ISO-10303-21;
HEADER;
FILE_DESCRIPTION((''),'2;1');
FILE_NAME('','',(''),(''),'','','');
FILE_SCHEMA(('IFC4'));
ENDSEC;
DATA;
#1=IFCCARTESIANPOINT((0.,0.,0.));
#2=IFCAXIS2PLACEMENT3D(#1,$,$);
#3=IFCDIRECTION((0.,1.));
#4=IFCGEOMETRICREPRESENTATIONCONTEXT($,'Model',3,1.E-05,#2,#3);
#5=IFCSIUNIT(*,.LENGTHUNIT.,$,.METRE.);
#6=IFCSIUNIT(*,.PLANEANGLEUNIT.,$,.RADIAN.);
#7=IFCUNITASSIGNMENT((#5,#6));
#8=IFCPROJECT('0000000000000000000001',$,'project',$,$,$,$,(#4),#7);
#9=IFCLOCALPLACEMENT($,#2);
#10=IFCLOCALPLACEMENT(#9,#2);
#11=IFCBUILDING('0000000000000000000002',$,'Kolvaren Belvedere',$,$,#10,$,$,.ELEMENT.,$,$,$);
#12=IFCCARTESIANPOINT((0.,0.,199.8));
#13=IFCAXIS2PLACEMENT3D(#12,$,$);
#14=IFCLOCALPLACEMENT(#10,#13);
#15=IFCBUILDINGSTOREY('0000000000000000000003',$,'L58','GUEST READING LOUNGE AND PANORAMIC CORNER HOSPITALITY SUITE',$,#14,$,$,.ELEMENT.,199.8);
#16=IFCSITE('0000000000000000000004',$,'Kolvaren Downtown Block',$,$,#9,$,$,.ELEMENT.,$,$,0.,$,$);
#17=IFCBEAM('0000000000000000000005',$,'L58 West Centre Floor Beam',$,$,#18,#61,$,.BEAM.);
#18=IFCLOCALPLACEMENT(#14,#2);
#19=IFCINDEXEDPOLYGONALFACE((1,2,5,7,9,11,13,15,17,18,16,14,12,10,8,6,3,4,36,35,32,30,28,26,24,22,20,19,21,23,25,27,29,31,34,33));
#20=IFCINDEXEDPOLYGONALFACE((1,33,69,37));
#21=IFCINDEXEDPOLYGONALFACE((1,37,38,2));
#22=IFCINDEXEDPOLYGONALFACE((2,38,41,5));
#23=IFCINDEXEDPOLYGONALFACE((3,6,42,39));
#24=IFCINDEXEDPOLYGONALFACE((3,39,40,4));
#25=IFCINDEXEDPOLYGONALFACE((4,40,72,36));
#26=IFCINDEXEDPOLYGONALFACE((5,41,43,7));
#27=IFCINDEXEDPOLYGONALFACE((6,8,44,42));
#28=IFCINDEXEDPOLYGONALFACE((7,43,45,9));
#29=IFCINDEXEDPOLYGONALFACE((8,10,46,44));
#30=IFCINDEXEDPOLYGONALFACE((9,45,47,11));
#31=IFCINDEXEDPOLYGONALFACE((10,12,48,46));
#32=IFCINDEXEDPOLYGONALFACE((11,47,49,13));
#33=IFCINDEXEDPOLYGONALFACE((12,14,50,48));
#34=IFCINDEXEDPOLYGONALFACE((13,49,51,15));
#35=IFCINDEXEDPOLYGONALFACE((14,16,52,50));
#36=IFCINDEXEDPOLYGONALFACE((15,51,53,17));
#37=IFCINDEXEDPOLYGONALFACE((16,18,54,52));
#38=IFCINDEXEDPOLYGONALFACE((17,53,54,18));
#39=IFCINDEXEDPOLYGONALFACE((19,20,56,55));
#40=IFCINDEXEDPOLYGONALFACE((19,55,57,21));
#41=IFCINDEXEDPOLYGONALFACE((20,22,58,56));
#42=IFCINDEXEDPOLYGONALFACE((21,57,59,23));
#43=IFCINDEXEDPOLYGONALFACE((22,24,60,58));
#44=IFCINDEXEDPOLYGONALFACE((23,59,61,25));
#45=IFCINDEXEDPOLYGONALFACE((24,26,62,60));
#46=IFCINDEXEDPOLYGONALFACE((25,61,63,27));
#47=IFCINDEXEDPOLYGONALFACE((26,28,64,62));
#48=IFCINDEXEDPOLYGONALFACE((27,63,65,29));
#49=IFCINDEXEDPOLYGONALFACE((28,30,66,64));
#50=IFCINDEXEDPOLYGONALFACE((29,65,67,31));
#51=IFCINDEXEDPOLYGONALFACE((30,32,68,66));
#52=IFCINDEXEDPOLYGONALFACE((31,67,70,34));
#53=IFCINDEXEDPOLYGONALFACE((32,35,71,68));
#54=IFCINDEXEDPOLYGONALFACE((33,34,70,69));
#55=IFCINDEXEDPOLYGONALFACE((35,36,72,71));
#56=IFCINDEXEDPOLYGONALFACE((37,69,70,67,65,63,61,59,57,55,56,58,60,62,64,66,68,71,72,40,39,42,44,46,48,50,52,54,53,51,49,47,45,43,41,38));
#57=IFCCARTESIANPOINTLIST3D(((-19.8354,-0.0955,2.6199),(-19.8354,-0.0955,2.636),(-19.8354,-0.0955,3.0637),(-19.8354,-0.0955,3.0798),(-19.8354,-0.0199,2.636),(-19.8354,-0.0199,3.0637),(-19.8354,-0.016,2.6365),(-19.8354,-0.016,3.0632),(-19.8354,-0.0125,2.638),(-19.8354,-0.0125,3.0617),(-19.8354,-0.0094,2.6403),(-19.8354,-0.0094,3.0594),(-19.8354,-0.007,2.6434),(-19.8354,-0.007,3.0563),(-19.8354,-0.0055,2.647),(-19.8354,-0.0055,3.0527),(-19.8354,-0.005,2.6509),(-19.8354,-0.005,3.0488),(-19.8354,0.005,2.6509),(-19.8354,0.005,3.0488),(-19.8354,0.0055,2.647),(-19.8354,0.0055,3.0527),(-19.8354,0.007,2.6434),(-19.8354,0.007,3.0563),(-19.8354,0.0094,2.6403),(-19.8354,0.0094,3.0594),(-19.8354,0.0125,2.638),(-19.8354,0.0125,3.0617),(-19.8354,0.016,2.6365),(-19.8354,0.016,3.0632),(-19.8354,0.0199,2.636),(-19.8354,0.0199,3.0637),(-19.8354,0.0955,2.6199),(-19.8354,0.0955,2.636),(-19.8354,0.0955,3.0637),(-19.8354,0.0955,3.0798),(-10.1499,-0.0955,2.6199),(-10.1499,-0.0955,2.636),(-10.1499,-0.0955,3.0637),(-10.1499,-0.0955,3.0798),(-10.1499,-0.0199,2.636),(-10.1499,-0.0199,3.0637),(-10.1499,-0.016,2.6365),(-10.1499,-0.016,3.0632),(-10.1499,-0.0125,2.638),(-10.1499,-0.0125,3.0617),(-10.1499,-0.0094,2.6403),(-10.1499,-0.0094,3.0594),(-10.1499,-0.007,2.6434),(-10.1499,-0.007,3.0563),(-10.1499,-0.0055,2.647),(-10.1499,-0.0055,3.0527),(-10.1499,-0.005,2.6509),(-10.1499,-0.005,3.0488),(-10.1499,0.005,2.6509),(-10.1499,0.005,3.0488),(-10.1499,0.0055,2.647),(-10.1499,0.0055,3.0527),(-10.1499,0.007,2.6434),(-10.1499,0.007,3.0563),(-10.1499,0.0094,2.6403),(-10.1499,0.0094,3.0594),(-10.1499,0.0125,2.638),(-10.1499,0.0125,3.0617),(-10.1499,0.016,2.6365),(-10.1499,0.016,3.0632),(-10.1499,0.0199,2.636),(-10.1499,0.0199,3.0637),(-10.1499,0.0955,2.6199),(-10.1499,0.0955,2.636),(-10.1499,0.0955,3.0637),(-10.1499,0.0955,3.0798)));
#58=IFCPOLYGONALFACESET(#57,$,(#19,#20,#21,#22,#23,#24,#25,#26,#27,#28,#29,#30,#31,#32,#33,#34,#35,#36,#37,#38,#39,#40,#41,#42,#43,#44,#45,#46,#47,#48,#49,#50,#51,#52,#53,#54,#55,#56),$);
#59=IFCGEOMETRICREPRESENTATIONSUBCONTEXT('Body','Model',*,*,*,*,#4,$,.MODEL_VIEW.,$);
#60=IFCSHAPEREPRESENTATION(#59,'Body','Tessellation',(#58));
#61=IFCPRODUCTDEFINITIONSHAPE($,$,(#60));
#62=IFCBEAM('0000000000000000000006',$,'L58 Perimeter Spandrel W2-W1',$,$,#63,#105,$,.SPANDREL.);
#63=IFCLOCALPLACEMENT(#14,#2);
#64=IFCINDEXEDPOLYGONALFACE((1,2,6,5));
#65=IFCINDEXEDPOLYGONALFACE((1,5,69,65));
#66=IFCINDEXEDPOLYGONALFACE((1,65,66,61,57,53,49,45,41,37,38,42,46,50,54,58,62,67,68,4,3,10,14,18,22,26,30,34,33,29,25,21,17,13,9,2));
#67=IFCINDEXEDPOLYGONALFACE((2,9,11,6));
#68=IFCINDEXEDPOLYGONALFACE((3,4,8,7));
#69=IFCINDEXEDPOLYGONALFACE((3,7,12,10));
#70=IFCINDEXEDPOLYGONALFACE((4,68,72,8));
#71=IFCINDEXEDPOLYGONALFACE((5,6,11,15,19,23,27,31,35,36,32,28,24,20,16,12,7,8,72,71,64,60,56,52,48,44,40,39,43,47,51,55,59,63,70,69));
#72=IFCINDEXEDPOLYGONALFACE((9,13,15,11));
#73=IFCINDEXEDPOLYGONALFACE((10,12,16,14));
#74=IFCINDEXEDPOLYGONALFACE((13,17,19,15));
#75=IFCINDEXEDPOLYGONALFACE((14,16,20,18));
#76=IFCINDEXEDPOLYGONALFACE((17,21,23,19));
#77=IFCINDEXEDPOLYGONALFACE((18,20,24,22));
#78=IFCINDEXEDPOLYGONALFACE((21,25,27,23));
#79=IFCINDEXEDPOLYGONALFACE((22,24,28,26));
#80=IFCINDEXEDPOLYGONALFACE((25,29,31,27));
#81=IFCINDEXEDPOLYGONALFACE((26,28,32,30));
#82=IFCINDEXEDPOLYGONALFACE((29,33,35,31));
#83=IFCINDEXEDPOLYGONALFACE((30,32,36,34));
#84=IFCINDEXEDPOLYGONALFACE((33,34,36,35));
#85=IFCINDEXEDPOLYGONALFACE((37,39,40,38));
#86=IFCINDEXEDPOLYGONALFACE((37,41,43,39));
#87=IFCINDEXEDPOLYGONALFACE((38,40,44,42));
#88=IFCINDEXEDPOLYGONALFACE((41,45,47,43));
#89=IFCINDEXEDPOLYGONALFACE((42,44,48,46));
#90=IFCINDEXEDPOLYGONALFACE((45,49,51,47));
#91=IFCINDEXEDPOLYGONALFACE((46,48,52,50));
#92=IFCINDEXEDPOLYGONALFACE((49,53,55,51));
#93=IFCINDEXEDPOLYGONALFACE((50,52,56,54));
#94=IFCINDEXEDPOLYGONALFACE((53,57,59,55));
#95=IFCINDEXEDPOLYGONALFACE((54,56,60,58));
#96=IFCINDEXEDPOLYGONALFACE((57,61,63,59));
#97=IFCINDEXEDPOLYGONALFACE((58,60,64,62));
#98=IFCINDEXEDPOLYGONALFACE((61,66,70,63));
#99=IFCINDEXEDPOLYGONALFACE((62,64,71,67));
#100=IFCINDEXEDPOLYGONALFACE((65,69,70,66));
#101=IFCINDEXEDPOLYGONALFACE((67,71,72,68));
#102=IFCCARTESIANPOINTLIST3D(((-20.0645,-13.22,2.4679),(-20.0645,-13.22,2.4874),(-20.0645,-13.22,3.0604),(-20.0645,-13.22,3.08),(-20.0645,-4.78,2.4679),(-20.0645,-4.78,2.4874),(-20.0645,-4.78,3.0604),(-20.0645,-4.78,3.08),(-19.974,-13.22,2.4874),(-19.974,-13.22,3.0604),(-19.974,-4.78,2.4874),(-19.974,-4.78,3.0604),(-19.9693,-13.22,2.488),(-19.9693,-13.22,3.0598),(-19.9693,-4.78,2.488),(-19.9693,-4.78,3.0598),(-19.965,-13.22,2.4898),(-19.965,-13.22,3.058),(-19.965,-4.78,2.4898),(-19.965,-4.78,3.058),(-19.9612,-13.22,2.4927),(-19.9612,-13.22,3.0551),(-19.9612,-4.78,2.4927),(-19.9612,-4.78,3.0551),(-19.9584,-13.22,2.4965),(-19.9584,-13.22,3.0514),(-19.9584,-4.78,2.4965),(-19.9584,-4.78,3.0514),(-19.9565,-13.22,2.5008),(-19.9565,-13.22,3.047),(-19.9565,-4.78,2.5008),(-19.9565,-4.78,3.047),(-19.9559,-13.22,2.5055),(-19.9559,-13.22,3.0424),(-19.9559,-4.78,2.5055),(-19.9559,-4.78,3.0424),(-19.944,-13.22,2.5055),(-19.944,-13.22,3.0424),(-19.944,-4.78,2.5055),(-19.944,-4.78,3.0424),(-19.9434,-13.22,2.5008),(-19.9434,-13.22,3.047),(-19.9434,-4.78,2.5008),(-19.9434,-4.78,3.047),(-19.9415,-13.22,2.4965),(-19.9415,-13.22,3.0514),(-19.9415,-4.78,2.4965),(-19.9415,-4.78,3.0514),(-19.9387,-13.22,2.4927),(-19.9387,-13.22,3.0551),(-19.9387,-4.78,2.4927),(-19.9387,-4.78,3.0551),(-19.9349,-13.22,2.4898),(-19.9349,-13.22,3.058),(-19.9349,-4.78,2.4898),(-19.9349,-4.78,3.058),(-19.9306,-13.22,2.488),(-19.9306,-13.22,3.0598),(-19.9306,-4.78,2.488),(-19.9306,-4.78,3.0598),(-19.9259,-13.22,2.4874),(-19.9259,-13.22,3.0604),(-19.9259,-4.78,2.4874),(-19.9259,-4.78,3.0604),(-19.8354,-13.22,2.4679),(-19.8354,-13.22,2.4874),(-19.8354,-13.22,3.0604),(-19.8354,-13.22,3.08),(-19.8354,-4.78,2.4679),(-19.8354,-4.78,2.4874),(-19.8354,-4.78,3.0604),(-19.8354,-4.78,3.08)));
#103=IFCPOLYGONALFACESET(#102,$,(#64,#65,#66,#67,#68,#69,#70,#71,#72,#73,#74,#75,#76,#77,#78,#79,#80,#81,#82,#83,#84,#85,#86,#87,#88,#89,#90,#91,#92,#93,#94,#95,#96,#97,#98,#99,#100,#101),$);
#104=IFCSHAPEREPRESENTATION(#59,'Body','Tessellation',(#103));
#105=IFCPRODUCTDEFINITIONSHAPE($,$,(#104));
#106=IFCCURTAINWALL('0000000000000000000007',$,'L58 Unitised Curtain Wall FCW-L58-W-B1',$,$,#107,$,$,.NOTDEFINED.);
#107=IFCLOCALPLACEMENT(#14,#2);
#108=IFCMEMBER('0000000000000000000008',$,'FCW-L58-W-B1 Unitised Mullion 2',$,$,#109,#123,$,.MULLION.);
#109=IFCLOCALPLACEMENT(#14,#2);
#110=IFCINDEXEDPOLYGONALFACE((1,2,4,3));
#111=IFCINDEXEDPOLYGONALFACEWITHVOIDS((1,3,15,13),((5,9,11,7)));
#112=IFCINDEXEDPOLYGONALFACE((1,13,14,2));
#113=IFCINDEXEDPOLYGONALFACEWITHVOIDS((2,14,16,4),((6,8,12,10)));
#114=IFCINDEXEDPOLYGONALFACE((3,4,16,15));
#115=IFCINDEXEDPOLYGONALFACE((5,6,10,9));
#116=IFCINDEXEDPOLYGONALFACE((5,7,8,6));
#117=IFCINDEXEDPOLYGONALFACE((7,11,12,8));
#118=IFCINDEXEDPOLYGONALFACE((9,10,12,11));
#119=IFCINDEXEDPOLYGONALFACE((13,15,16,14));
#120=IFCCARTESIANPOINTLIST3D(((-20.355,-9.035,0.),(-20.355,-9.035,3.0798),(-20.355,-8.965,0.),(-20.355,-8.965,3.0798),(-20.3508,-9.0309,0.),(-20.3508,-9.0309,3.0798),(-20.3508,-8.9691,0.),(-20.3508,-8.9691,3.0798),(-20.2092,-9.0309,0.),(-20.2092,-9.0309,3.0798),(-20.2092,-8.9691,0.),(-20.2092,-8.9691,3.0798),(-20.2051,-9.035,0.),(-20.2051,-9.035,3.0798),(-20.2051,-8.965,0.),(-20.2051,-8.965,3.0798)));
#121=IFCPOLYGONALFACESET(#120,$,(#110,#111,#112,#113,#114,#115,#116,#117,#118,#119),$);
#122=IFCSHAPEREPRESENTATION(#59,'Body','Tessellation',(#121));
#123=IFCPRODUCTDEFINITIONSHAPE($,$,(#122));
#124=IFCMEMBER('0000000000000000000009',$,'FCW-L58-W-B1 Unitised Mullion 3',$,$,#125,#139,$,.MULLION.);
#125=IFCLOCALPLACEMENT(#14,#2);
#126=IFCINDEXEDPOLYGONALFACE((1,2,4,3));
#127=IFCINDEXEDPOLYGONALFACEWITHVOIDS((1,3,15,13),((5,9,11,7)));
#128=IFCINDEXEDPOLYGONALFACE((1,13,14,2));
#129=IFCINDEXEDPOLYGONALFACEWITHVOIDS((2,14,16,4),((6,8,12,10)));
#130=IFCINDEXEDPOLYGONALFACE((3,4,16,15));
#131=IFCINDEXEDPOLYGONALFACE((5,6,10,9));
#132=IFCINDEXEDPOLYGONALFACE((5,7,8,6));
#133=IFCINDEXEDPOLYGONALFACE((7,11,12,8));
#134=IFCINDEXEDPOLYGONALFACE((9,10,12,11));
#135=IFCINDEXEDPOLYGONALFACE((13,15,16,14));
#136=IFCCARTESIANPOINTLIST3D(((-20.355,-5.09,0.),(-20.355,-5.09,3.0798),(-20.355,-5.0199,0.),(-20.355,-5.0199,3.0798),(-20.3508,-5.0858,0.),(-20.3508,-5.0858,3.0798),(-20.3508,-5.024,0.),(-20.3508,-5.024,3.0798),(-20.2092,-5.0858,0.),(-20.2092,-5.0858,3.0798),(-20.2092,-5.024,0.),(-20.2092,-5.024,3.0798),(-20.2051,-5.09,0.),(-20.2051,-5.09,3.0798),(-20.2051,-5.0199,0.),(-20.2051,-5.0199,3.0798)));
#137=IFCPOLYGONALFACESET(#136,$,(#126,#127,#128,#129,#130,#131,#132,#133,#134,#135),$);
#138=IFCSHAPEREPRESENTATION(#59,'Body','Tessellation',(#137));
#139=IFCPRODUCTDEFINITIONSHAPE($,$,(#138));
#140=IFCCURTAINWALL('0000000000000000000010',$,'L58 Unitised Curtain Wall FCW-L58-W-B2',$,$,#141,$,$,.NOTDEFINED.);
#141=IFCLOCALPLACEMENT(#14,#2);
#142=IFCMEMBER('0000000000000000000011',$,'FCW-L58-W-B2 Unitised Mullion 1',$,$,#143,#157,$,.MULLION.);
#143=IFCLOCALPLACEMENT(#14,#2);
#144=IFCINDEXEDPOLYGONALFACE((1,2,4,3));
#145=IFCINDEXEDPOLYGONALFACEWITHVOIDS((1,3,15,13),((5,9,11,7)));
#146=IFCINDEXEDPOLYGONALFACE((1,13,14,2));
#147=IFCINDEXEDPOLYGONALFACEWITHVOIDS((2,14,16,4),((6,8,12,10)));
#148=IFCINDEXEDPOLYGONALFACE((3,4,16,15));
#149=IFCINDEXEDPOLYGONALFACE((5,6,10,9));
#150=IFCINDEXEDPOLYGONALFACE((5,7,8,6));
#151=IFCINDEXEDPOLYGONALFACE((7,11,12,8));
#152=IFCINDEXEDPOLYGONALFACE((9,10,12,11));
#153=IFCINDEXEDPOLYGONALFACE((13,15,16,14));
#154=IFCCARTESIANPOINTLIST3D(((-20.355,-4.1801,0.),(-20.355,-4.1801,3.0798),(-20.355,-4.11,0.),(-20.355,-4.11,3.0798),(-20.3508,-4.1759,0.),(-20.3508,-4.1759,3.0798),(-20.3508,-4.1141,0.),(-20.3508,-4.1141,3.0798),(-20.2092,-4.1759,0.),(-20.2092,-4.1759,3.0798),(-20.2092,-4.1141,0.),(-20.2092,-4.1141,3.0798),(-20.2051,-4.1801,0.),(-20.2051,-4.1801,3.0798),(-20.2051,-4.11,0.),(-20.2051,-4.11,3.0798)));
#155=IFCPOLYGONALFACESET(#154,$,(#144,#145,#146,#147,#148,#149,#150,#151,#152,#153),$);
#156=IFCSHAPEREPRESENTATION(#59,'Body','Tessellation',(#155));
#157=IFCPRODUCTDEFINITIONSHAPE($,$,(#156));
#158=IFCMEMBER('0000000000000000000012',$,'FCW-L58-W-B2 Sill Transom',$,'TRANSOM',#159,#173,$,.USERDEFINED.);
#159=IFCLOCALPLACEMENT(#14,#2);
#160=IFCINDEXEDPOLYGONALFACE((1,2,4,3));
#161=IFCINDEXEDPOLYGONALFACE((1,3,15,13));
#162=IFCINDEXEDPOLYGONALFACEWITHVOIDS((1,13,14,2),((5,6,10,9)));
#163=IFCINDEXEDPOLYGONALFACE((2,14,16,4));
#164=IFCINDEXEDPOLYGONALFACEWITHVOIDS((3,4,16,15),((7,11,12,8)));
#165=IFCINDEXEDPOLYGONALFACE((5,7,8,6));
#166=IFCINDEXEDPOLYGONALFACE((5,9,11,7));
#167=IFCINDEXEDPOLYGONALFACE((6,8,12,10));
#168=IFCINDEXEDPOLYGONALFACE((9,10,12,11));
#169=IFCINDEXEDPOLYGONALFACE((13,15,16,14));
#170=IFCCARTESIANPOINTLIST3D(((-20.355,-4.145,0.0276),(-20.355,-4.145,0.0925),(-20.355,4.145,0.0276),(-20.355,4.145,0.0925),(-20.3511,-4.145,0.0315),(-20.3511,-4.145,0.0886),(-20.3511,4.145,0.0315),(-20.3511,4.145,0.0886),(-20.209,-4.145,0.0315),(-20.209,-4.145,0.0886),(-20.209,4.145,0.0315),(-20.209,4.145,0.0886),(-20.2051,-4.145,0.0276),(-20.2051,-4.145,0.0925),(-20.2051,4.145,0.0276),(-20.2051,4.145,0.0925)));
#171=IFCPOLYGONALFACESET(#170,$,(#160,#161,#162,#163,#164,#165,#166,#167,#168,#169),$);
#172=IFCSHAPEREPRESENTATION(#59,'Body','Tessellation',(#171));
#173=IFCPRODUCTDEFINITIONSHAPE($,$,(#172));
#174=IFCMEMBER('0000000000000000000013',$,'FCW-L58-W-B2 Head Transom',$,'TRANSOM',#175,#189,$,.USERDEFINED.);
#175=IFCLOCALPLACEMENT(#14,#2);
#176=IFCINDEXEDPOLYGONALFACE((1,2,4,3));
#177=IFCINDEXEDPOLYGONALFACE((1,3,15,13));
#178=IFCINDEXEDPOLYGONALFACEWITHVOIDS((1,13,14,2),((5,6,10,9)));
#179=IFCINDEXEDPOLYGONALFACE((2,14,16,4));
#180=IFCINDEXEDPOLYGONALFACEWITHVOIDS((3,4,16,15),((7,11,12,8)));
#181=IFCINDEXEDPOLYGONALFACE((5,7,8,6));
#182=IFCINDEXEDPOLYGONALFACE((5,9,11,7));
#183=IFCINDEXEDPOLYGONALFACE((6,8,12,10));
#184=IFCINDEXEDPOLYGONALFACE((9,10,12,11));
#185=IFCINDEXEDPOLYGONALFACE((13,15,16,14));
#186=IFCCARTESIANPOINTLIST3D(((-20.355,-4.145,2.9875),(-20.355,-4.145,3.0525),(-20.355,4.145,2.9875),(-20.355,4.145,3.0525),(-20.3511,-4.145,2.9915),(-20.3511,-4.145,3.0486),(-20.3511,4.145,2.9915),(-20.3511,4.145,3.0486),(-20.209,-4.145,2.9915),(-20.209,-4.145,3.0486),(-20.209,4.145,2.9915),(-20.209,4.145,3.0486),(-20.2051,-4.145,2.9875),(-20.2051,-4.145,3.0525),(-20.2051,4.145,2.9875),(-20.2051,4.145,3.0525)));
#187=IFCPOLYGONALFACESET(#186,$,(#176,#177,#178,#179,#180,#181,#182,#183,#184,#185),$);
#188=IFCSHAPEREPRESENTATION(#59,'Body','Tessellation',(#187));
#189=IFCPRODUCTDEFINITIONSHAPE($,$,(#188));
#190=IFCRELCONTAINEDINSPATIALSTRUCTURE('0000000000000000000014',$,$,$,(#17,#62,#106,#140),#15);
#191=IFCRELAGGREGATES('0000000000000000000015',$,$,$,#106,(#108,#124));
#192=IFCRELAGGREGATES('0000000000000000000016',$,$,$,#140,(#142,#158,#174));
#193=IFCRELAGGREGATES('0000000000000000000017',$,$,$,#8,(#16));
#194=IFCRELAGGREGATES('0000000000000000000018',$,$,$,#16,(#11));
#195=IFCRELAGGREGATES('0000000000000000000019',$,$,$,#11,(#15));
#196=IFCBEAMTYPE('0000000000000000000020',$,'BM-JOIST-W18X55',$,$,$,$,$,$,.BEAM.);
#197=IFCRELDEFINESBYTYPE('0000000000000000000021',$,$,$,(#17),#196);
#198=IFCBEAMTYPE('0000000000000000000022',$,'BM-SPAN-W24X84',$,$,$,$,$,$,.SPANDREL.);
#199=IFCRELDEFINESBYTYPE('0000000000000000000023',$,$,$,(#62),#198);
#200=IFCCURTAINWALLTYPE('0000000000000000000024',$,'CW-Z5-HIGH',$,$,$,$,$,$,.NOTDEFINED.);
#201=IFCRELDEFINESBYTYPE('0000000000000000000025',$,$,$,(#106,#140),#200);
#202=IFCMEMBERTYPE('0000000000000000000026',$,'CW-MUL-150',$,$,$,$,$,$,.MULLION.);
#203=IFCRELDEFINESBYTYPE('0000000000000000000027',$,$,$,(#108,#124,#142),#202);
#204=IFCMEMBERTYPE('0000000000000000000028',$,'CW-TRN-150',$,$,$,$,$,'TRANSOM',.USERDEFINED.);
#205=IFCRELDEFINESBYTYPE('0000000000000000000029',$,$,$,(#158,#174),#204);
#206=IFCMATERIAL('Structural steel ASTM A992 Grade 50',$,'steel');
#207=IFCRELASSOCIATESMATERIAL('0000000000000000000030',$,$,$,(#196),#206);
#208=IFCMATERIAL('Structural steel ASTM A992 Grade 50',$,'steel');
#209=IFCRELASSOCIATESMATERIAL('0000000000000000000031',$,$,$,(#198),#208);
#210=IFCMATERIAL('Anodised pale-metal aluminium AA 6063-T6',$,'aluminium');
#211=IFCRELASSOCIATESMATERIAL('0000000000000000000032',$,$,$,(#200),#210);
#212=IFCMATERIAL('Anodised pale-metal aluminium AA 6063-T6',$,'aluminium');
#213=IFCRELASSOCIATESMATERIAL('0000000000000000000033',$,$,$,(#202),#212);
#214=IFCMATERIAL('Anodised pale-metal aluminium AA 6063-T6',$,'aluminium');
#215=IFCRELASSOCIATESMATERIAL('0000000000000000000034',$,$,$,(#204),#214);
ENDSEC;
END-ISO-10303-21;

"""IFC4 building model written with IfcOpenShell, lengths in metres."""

from ifc_helpers import new_model, si_unit, direction, frame, origin, origin_2d, place, context, subcontext, project, spatial, hollow_rectangle, i_section, extrude, material, material_profile, profile_set, type_object, element, aggregate, save


model = new_model("IFC4")

# Units and contexts
model_context = context("Model", 3, precision=1e-05, world=origin(), true_north=direction((0.0, 1.0)))
body_context = subcontext(model_context, "Body", "Model", "MODEL_VIEW")
ifc_project = project(units=[si_unit("LENGTHUNIT", "METRE"), si_unit("PLANEANGLEUNIT", "RADIAN")], contexts=[model_context])

# Site, building, storey
site_placement = place(None, origin())
site = spatial("IfcSite", under=ifc_project, at=site_placement, Name="Kolvaren Downtown Block", CompositionType="ELEMENT", RefElevation=0.0)
building_placement = place(site_placement, origin())
building = spatial("IfcBuilding", under=site, at=building_placement, Name="Kolvaren Belvedere", CompositionType="ELEMENT")
storey_placement = place(building_placement, frame((0.0, 0.0, 199.8)))
storey = spatial("IfcBuildingStorey", under=building, at=storey_placement, Name="L58", Description="GUEST READING LOUNGE AND PANORAMIC CORNER HOSPITALITY SUITE", CompositionType="ELEMENT", Elevation=199.8)

# Beams
ifc_material_1 = material(Name="Structural steel ASTM A992 Grade 50", Category="steel")
ifc_material_profile_1 = material_profile(ifc_material_1, i_section(OverallWidth=0.1909, OverallDepth=0.46, WebThickness=0.01, FlangeThickness=0.0161, FilletRadius=0.0149, at=origin_2d()), Name="W18X55")
ifc_profile_set_1 = profile_set([ifc_material_profile_1], Name="Structural steel ASTM A992 Grade 50")
beam_type_1 = type_object("IfcBeamType", Name="BM-JOIST-W18X55", PredefinedType="BEAM", material=ifc_profile_set_1)
beam_1_placement = place(storey_placement, frame((-10.1499, 0.0, 2.8499), z_axis=(-1.0, 0.0, 0.0), x_axis=(0.0, -1.0, 0.0)))
element("IfcBeam", 1, at=beam_1_placement, inside=storey, type_object=beam_type_1, Name="L58 West Centre Floor Beam", PredefinedType="BEAM", context=body_context, shape_type="SweptSolid", body=[
    extrude(i_section(OverallWidth=0.1909, OverallDepth=0.46, WebThickness=0.01, FlangeThickness=0.0161, FilletRadius=0.0149, at=origin_2d()), origin(), (0.0, 0.0, 1.0), 9.6855),
])
ifc_material_2 = material(Name="Structural steel ASTM A992 Grade 50", Category="steel")
ifc_material_profile_2 = material_profile(ifc_material_2, i_section(OverallWidth=0.229, OverallDepth=0.6121, WebThickness=0.012, FlangeThickness=0.0195, FilletRadius=0.0181, at=origin_2d()), Name="W24X84")
ifc_profile_set_2 = profile_set([ifc_material_profile_2], Name="Structural steel ASTM A992 Grade 50")
beam_type_2 = type_object("IfcBeamType", Name="BM-SPAN-W24X84", PredefinedType="SPANDREL", material=ifc_profile_set_2)
beam_2_placement = place(storey_placement, frame((-19.95, -4.78, 2.7739), z_axis=(0.0, -1.0, 0.0), x_axis=(1.0, 0.0, 0.0)))
element("IfcBeam", 2, at=beam_2_placement, inside=storey, type_object=beam_type_2, Name="L58 Perimeter Spandrel W2-W1", PredefinedType="SPANDREL", context=body_context, shape_type="SweptSolid", body=[
    extrude(i_section(OverallWidth=0.229, OverallDepth=0.6121, WebThickness=0.012, FlangeThickness=0.0195, FilletRadius=0.0181, at=origin_2d()), origin(), (0.0, 0.0, 1.0), 8.4399),
])

# Curtain walls, members
ifc_material_3 = material(Name="Anodised pale-metal aluminium AA 6063-T6", Category="aluminium")
curtain_wall_type = type_object("IfcCurtainWallType", Name="CW-Z5-HIGH", PredefinedType="NOTDEFINED", material=ifc_material_3)
curtain_wall_1_placement = place(storey_placement, origin())
curtain_wall_1 = element("IfcCurtainWall", 3, at=curtain_wall_1_placement, inside=storey, type_object=curtain_wall_type, Name="L58 Unitised Curtain Wall FCW-L58-W-B1", PredefinedType="NOTDEFINED")
ifc_material_4 = material(Name="Anodised pale-metal aluminium AA 6063-T6", Category="aluminium")
ifc_material_profile_3 = material_profile(ifc_material_4, hollow_rectangle(XDim=0.0701, YDim=0.1499, WallThickness=0.0042, at=origin_2d()), Name="ALU-MUL-150X70")
ifc_profile_set_3 = profile_set([ifc_material_profile_3], Name="Anodised pale-metal aluminium AA 6063-T6")
member_type_1 = type_object("IfcMemberType", Name="CW-MUL-150", PredefinedType="MULLION", material=ifc_profile_set_3)
member_1_placement = place(storey_placement, frame((-20.28, -9.0, 0.0), z_axis=(0.0, 0.0, 1.0), x_axis=(0.0, 1.0, 0.0)))
member_1 = element("IfcMember", 4, at=member_1_placement, type_object=member_type_1, Name="FCW-L58-W-B1 Unitised Mullion 2", PredefinedType="MULLION", context=body_context, shape_type="SweptSolid", body=[
    extrude(hollow_rectangle(XDim=0.0701, YDim=0.1499, WallThickness=0.0042, at=origin_2d()), origin(), (0.0, 0.0, 1.0), 3.0798),
])
member_2_placement = place(storey_placement, frame((-20.28, -5.0549, 0.0), z_axis=(0.0, 0.0, 1.0), x_axis=(0.0, 1.0, 0.0)))
member_2 = element("IfcMember", 5, at=member_2_placement, type_object=member_type_1, Name="FCW-L58-W-B1 Unitised Mullion 3", PredefinedType="MULLION", context=body_context, shape_type="SweptSolid", body=[
    extrude(hollow_rectangle(XDim=0.0701, YDim=0.1499, WallThickness=0.0042, at=origin_2d()), origin(), (0.0, 0.0, 1.0), 3.0798),
])
curtain_wall_2_placement = place(storey_placement, origin())
curtain_wall_2 = element("IfcCurtainWall", 6, at=curtain_wall_2_placement, inside=storey, type_object=curtain_wall_type, Name="L58 Unitised Curtain Wall FCW-L58-W-B2", PredefinedType="NOTDEFINED")
member_3_placement = place(storey_placement, frame((-20.28, -4.145, 0.0), z_axis=(0.0, 0.0, 1.0), x_axis=(0.0, 1.0, 0.0)))
member_3 = element("IfcMember", 7, at=member_3_placement, type_object=member_type_1, Name="FCW-L58-W-B2 Unitised Mullion 1", PredefinedType="MULLION", context=body_context, shape_type="SweptSolid", body=[
    extrude(hollow_rectangle(XDim=0.0701, YDim=0.1499, WallThickness=0.0042, at=origin_2d()), origin(), (0.0, 0.0, 1.0), 3.0798),
])
ifc_material_5 = material(Name="Anodised pale-metal aluminium AA 6063-T6", Category="aluminium")
ifc_material_profile_4 = material_profile(ifc_material_5, hollow_rectangle(XDim=0.0649, YDim=0.1499, WallThickness=0.0039, at=origin_2d()), Name="ALU-TRN-150X65")
ifc_profile_set_4 = profile_set([ifc_material_profile_4], Name="Anodised pale-metal aluminium AA 6063-T6")
member_type_2 = type_object("IfcMemberType", Name="CW-TRN-150", ElementType="TRANSOM", PredefinedType="USERDEFINED", material=ifc_profile_set_4)
member_4_placement = place(storey_placement, frame((-20.28, -4.145, 0.0601), z_axis=(0.0, 1.0, 0.0), x_axis=(0.0, 0.0, 1.0)))
member_4 = element("IfcMember", 8, at=member_4_placement, type_object=member_type_2, Name="FCW-L58-W-B2 Sill Transom", ObjectType="TRANSOM", PredefinedType="USERDEFINED", context=body_context, shape_type="SweptSolid", body=[
    extrude(hollow_rectangle(XDim=0.0649, YDim=0.1499, WallThickness=0.0039, at=origin_2d()), origin(), (0.0, 0.0, 1.0), 8.29),
])
member_5_placement = place(storey_placement, frame((-20.28, -4.145, 3.02), z_axis=(0.0, 1.0, 0.0), x_axis=(0.0, 0.0, 1.0)))
member_5 = element("IfcMember", 9, at=member_5_placement, type_object=member_type_2, Name="FCW-L58-W-B2 Head Transom", ObjectType="TRANSOM", PredefinedType="USERDEFINED", context=body_context, shape_type="SweptSolid", body=[
    extrude(hollow_rectangle(XDim=0.0649, YDim=0.1499, WallThickness=0.0039, at=origin_2d()), origin(), (0.0, 0.0, 1.0), 8.29),
])

aggregate(curtain_wall_1, [member_1, member_2])
aggregate(curtain_wall_2, [member_3, member_4, member_5])

save(model, "model.ifc")
